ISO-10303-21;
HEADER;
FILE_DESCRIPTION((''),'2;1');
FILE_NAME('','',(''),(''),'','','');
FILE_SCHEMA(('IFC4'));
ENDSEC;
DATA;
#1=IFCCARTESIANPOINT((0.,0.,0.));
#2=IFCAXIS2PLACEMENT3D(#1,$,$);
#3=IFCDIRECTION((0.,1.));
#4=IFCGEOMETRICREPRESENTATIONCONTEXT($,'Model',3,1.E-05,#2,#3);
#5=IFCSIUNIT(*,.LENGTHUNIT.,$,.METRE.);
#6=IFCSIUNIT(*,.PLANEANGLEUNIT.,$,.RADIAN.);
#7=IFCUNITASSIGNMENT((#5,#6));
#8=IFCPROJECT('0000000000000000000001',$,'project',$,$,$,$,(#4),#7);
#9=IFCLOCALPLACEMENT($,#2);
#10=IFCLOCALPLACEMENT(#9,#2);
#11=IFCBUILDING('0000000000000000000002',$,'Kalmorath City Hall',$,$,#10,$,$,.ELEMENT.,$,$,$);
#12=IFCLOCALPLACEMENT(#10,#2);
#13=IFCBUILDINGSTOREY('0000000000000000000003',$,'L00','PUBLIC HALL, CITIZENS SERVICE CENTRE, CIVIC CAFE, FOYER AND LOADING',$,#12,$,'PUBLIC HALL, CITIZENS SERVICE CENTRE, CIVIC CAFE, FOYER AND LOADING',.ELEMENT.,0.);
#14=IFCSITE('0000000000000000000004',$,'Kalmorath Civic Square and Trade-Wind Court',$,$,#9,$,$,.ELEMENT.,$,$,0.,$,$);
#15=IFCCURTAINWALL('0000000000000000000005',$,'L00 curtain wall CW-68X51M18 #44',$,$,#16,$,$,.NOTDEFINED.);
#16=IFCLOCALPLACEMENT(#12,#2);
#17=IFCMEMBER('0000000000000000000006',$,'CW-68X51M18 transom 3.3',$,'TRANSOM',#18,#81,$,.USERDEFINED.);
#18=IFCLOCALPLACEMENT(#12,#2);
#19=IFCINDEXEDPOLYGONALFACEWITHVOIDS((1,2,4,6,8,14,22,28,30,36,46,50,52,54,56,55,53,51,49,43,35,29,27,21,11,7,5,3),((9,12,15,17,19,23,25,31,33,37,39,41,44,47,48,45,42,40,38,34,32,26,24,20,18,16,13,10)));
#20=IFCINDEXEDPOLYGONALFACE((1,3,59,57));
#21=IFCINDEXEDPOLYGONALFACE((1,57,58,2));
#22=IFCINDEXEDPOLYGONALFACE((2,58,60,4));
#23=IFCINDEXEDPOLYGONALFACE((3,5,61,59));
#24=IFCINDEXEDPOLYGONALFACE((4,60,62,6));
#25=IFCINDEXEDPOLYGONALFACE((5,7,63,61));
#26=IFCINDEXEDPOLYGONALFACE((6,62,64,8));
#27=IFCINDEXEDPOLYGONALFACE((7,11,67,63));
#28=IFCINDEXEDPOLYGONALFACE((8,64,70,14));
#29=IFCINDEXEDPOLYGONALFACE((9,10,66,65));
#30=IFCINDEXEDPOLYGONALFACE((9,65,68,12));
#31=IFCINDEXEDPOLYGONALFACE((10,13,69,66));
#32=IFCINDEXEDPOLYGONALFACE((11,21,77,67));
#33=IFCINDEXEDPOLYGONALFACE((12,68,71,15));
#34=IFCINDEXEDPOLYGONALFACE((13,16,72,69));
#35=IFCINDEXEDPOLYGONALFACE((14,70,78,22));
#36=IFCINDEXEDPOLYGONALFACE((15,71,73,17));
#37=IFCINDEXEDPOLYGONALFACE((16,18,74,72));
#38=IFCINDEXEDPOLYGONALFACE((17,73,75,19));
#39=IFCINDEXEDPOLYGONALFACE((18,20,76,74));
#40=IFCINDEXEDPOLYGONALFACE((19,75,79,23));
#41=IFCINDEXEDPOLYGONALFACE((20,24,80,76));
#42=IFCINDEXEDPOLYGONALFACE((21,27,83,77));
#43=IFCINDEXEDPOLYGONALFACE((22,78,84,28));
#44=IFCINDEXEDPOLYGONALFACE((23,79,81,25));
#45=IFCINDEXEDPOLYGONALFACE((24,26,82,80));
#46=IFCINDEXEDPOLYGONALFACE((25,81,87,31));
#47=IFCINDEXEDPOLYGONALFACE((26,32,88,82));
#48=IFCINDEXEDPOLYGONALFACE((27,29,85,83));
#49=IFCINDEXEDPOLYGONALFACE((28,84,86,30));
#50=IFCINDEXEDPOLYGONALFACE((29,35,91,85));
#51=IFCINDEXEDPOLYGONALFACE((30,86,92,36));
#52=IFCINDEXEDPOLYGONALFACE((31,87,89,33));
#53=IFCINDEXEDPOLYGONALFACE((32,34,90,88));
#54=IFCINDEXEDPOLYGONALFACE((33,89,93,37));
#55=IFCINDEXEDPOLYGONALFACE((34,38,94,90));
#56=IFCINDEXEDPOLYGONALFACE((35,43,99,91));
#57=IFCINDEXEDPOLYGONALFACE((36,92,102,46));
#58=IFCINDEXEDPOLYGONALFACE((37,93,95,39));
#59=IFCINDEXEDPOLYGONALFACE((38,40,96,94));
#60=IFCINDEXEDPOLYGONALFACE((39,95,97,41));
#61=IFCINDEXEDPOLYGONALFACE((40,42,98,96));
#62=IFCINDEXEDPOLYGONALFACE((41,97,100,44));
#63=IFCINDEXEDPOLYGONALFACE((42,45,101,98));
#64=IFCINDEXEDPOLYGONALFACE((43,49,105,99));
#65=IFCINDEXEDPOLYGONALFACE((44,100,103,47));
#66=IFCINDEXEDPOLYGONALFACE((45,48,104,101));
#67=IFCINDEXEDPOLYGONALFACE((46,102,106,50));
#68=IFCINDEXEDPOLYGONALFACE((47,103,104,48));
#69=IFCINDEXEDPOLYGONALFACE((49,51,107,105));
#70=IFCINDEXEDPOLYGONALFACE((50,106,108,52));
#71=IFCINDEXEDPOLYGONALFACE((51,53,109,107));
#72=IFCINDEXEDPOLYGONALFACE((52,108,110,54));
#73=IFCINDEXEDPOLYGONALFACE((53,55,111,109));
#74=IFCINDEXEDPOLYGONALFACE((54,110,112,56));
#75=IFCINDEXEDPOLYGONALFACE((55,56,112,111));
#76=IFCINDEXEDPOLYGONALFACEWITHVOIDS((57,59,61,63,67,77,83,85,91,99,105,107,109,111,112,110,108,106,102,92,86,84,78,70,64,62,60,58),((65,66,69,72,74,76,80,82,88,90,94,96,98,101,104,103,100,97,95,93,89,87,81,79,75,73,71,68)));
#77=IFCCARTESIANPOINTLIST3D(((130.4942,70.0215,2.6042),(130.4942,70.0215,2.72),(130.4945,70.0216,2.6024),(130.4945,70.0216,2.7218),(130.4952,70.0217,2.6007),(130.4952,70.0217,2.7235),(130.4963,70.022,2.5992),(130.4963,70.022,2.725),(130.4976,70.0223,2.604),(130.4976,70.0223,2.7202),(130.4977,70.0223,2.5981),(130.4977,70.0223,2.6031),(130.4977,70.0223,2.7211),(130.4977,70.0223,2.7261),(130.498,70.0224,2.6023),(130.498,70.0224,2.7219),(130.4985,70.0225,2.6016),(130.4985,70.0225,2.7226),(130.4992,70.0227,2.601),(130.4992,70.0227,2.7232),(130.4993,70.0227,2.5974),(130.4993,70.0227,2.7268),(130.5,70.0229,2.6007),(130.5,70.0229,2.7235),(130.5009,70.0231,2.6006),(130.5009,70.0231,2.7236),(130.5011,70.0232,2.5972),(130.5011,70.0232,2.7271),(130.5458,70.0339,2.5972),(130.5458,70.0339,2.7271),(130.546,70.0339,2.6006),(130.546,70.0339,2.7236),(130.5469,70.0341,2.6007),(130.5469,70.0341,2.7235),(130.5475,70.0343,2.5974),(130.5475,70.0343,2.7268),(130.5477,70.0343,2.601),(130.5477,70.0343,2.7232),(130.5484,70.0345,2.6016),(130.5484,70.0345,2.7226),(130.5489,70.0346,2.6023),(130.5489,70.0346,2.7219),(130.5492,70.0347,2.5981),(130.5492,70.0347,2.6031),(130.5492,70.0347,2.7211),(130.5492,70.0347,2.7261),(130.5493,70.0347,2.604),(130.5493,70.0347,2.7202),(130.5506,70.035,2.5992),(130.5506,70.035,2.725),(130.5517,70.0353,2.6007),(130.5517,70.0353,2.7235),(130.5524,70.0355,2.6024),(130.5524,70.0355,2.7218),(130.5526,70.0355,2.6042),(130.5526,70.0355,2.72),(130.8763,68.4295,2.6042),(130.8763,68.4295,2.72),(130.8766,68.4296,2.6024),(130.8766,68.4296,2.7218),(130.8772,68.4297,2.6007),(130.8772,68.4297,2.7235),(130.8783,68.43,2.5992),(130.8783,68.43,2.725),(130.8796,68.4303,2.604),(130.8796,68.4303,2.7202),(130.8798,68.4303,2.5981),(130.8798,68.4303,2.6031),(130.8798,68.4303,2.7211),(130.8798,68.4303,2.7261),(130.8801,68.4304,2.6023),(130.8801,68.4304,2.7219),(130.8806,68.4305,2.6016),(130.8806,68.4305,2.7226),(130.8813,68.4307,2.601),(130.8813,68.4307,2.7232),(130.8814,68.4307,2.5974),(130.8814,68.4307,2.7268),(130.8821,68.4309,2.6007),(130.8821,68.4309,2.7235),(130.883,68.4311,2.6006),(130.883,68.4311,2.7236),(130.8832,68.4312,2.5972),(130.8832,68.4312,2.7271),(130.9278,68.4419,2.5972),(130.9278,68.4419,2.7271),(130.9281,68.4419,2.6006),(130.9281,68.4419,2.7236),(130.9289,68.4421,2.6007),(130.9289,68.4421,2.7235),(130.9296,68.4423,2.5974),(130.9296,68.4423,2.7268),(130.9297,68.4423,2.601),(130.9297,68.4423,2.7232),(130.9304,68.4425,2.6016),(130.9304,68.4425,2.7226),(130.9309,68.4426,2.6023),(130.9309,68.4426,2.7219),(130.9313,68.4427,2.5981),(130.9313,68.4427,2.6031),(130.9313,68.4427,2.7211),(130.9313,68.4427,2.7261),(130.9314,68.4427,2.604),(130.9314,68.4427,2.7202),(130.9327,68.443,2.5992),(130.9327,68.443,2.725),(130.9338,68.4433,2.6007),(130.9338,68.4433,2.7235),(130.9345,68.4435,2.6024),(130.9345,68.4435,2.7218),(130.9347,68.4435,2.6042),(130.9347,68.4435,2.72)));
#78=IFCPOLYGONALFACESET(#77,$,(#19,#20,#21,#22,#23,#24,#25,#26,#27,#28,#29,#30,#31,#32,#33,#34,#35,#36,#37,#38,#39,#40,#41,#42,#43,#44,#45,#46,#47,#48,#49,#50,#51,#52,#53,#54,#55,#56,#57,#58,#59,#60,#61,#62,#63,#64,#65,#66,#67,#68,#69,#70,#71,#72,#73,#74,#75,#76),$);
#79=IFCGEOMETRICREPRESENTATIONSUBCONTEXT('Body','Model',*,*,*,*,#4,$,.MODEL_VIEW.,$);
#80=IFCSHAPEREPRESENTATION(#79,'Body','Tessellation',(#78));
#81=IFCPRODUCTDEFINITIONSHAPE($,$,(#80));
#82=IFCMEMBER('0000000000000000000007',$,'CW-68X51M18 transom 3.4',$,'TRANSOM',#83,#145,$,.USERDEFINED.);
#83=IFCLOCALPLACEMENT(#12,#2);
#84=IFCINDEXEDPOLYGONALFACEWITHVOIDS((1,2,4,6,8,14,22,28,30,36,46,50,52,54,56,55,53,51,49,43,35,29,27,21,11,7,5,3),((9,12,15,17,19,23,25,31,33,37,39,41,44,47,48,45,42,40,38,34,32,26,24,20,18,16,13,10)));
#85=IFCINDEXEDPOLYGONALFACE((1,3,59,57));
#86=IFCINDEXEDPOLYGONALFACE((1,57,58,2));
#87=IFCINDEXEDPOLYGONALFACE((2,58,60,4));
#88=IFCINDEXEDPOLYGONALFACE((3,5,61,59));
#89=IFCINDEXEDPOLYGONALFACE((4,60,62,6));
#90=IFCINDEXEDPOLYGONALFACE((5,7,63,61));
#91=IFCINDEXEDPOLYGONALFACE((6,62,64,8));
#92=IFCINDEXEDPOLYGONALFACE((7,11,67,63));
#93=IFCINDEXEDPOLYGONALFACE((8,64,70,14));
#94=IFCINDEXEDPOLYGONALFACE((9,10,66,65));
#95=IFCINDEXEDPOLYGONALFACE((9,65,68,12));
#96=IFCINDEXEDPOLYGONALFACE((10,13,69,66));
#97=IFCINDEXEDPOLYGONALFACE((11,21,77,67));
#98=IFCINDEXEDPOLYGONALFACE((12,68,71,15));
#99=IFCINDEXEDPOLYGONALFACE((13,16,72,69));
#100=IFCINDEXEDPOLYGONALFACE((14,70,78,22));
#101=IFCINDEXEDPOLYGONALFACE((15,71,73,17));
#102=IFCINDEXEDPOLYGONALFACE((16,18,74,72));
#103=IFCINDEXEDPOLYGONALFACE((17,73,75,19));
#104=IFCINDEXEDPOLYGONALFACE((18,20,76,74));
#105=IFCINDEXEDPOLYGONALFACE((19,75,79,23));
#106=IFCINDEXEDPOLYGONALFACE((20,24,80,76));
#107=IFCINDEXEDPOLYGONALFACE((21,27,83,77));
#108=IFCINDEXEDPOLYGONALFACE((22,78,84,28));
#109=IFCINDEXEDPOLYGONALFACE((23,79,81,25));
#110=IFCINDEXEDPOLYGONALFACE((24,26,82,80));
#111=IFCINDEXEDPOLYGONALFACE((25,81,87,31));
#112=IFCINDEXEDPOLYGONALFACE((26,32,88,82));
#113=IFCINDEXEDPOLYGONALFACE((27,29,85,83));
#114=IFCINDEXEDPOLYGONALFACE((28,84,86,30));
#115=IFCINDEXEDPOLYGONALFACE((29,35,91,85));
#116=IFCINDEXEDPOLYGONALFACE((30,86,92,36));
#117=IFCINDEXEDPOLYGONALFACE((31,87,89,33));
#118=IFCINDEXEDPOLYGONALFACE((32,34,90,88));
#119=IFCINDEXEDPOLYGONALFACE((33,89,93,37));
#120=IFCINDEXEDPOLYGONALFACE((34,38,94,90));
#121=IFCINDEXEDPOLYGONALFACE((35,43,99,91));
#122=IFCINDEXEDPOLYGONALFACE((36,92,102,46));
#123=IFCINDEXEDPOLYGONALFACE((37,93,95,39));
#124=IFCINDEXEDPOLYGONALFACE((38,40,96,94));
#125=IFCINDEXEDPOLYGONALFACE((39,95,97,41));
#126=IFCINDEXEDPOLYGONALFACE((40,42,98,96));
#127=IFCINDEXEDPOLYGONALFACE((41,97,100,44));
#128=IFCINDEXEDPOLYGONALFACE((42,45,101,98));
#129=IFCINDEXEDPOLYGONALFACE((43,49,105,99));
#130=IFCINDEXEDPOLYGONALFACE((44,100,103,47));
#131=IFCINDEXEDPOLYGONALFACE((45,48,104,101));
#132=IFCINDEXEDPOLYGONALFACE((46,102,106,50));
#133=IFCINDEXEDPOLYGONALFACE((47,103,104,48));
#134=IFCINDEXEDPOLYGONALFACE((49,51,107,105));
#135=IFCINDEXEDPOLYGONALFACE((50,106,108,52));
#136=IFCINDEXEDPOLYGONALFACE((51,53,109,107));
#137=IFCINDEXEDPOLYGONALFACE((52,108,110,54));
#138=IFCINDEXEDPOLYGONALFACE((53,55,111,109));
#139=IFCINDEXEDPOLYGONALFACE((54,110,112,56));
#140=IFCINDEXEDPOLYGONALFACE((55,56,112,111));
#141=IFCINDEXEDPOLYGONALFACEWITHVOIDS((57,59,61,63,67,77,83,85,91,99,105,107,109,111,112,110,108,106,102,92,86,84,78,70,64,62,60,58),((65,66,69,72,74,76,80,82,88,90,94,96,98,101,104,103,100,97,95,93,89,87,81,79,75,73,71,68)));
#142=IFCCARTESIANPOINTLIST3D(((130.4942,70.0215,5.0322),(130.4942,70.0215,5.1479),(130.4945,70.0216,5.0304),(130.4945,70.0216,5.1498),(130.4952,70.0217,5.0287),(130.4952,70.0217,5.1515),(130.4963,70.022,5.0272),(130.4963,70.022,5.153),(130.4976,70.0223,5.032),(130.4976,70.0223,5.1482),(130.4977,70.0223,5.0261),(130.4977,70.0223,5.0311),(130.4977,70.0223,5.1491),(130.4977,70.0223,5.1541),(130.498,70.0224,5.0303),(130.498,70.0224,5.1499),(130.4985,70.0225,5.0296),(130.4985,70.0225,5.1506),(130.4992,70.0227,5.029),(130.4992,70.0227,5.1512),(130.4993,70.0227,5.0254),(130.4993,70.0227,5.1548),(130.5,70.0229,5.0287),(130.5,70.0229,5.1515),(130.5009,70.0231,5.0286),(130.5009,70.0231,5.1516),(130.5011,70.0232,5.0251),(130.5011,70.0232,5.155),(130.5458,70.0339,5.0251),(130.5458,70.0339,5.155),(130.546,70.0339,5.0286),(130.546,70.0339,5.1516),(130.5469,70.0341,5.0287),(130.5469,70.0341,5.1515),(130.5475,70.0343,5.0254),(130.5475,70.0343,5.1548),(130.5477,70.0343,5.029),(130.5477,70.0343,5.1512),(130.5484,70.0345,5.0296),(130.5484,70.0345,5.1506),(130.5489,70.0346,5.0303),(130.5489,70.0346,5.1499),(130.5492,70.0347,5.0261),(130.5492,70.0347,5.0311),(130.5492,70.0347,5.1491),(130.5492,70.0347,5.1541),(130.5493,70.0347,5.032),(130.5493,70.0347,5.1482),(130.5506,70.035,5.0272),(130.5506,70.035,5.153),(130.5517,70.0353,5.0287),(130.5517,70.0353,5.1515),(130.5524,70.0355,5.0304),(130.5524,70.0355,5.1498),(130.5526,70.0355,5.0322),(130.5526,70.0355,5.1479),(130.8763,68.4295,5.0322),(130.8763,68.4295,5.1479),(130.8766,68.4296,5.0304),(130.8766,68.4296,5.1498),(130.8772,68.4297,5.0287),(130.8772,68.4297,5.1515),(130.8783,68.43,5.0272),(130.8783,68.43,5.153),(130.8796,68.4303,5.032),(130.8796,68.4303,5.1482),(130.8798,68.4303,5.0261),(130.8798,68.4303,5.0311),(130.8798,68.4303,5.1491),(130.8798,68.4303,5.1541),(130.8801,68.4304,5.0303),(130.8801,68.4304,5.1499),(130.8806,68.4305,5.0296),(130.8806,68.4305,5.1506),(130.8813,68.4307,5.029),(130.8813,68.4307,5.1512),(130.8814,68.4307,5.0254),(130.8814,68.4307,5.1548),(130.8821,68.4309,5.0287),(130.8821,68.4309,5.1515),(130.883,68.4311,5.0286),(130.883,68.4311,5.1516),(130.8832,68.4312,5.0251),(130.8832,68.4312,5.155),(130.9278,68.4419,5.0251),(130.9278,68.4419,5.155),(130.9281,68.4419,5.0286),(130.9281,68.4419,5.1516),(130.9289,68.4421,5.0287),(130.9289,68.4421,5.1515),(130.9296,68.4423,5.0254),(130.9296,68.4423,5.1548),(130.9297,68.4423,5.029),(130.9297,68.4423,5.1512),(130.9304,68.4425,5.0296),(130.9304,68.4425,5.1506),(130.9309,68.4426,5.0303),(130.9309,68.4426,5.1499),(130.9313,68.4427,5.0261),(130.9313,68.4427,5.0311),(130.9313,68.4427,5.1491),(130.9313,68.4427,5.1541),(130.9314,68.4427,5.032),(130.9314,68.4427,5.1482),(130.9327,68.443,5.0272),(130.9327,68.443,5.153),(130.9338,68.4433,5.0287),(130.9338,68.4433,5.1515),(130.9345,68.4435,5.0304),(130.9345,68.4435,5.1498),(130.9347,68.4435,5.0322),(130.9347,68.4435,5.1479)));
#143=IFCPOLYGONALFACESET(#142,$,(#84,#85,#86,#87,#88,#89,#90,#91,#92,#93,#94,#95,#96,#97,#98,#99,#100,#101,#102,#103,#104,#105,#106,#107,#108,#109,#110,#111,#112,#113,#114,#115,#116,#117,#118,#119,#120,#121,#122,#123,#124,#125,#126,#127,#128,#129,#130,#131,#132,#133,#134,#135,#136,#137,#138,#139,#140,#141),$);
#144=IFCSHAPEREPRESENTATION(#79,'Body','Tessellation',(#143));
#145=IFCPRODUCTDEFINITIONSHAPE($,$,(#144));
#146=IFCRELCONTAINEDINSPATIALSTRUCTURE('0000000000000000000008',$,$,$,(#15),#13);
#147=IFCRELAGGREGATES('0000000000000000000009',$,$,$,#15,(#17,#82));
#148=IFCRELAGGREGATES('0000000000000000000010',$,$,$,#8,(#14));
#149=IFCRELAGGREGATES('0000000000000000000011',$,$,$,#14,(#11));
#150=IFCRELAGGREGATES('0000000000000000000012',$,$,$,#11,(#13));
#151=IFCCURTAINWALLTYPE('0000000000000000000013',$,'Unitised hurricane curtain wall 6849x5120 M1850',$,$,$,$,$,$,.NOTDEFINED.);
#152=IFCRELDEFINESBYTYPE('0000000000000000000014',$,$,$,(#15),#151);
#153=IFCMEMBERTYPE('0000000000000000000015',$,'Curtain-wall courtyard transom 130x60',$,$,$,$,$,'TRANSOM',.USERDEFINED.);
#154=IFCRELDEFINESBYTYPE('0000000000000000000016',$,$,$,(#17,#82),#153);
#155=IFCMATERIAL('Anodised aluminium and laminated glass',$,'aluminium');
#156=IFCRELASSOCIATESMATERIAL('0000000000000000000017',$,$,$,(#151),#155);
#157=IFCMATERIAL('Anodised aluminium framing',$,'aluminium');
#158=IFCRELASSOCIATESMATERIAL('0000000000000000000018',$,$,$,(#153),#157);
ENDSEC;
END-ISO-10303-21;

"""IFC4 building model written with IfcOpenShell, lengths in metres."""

from ifc_helpers import new_model, si_unit, direction, frame, origin, origin_2d, place, context, subcontext, project, spatial, hollow_rectangle, extrude, material, material_profile, profile_set, type_object, element, aggregate, save


model = new_model("IFC4")

# Units and contexts
model_context = context("Model", 3, precision=1e-05, world=origin(), true_north=direction((0.0, 1.0)))
body_context = subcontext(model_context, "Body", "Model", "MODEL_VIEW")
ifc_project = project(units=[si_unit("LENGTHUNIT", "METRE"), si_unit("PLANEANGLEUNIT", "RADIAN")], contexts=[model_context])

# Site, building, storey
site_placement = place(None, origin())
site = spatial("IfcSite", under=ifc_project, at=site_placement, Name="Kalmorath Civic Square and Trade-Wind Court", CompositionType="ELEMENT", RefElevation=0.0)
building_placement = place(site_placement, origin())
building = spatial("IfcBuilding", under=site, at=building_placement, Name="Kalmorath City Hall", CompositionType="ELEMENT")
storey_placement = place(building_placement, origin())
storey = spatial("IfcBuildingStorey", under=building, at=storey_placement, Name="L00", Description="PUBLIC HALL, CITIZENS SERVICE CENTRE, CIVIC CAFE, FOYER AND LOADING", LongName="PUBLIC HALL, CITIZENS SERVICE CENTRE, CIVIC CAFE, FOYER AND LOADING", CompositionType="ELEMENT", Elevation=0.0)

# Curtain wall, members
ifc_material_1 = material(Name="Anodised aluminium and laminated glass", Category="aluminium")
curtain_wall_type = type_object("IfcCurtainWallType", Name="Unitised hurricane curtain wall 6849x5120 M1850", PredefinedType="NOTDEFINED", material=ifc_material_1)
curtain_wall_1_placement = place(storey_placement, origin())
curtain_wall_1 = element("IfcCurtainWall", 1, at=curtain_wall_1_placement, inside=storey, type_object=curtain_wall_type, Name="L00 curtain wall CW-68X51M18 #44", PredefinedType="NOTDEFINED")
ifc_material_2 = material(Name="Anodised aluminium framing", Category="aluminium")
ifc_material_profile_1 = material_profile(ifc_material_2, hollow_rectangle(XDim=0.0601, YDim=0.1299, WallThickness=0.0034, InnerFilletRadius=0.0034, OuterFilletRadius=0.0071, at=origin_2d()), Name="ALU-TRN-130X60X3.5")
ifc_profile_set_1 = profile_set([ifc_material_profile_1], Name="Anodised aluminium framing")
member_type_1 = type_object("IfcMemberType", Name="Curtain-wall courtyard transom 130x60", ElementType="TRANSOM", PredefinedType="USERDEFINED", material=ifc_profile_set_1)
member_1_placement = place(storey_placement, frame((130.9055, 68.4365, 2.6621), z_axis=(-0.233367, 0.972389, 0.0), x_axis=(-0.972389, -0.233367, 0.0)))
member_1 = element("IfcMember", 2, at=member_1_placement, type_object=member_type_1, Name="CW-68X51M18 transom 3.3", ObjectType="TRANSOM", PredefinedType="USERDEFINED", context=body_context, shape_type="SweptSolid", body=[
    extrude(hollow_rectangle(XDim=0.0601, YDim=0.1299, WallThickness=0.0034, InnerFilletRadius=0.0034, OuterFilletRadius=0.0071, at=origin_2d()), origin(), (0.0, 0.0, 1.0), 1.6372),
])
member_2_placement = place(storey_placement, frame((130.9055, 68.4365, 5.0901), z_axis=(-0.233367, 0.972389, 0.0), x_axis=(-0.972389, -0.233367, 0.0)))
member_2 = element("IfcMember", 3, at=member_2_placement, type_object=member_type_1, Name="CW-68X51M18 transom 3.4", ObjectType="TRANSOM", PredefinedType="USERDEFINED", context=body_context, shape_type="SweptSolid", body=[
    extrude(hollow_rectangle(XDim=0.0601, YDim=0.1299, WallThickness=0.0034, InnerFilletRadius=0.0034, OuterFilletRadius=0.0071, at=origin_2d()), origin(), (0.0, 0.0, 1.0), 1.6372),
])

aggregate(curtain_wall_1, [member_1, member_2])

save(model, "model.ifc")
